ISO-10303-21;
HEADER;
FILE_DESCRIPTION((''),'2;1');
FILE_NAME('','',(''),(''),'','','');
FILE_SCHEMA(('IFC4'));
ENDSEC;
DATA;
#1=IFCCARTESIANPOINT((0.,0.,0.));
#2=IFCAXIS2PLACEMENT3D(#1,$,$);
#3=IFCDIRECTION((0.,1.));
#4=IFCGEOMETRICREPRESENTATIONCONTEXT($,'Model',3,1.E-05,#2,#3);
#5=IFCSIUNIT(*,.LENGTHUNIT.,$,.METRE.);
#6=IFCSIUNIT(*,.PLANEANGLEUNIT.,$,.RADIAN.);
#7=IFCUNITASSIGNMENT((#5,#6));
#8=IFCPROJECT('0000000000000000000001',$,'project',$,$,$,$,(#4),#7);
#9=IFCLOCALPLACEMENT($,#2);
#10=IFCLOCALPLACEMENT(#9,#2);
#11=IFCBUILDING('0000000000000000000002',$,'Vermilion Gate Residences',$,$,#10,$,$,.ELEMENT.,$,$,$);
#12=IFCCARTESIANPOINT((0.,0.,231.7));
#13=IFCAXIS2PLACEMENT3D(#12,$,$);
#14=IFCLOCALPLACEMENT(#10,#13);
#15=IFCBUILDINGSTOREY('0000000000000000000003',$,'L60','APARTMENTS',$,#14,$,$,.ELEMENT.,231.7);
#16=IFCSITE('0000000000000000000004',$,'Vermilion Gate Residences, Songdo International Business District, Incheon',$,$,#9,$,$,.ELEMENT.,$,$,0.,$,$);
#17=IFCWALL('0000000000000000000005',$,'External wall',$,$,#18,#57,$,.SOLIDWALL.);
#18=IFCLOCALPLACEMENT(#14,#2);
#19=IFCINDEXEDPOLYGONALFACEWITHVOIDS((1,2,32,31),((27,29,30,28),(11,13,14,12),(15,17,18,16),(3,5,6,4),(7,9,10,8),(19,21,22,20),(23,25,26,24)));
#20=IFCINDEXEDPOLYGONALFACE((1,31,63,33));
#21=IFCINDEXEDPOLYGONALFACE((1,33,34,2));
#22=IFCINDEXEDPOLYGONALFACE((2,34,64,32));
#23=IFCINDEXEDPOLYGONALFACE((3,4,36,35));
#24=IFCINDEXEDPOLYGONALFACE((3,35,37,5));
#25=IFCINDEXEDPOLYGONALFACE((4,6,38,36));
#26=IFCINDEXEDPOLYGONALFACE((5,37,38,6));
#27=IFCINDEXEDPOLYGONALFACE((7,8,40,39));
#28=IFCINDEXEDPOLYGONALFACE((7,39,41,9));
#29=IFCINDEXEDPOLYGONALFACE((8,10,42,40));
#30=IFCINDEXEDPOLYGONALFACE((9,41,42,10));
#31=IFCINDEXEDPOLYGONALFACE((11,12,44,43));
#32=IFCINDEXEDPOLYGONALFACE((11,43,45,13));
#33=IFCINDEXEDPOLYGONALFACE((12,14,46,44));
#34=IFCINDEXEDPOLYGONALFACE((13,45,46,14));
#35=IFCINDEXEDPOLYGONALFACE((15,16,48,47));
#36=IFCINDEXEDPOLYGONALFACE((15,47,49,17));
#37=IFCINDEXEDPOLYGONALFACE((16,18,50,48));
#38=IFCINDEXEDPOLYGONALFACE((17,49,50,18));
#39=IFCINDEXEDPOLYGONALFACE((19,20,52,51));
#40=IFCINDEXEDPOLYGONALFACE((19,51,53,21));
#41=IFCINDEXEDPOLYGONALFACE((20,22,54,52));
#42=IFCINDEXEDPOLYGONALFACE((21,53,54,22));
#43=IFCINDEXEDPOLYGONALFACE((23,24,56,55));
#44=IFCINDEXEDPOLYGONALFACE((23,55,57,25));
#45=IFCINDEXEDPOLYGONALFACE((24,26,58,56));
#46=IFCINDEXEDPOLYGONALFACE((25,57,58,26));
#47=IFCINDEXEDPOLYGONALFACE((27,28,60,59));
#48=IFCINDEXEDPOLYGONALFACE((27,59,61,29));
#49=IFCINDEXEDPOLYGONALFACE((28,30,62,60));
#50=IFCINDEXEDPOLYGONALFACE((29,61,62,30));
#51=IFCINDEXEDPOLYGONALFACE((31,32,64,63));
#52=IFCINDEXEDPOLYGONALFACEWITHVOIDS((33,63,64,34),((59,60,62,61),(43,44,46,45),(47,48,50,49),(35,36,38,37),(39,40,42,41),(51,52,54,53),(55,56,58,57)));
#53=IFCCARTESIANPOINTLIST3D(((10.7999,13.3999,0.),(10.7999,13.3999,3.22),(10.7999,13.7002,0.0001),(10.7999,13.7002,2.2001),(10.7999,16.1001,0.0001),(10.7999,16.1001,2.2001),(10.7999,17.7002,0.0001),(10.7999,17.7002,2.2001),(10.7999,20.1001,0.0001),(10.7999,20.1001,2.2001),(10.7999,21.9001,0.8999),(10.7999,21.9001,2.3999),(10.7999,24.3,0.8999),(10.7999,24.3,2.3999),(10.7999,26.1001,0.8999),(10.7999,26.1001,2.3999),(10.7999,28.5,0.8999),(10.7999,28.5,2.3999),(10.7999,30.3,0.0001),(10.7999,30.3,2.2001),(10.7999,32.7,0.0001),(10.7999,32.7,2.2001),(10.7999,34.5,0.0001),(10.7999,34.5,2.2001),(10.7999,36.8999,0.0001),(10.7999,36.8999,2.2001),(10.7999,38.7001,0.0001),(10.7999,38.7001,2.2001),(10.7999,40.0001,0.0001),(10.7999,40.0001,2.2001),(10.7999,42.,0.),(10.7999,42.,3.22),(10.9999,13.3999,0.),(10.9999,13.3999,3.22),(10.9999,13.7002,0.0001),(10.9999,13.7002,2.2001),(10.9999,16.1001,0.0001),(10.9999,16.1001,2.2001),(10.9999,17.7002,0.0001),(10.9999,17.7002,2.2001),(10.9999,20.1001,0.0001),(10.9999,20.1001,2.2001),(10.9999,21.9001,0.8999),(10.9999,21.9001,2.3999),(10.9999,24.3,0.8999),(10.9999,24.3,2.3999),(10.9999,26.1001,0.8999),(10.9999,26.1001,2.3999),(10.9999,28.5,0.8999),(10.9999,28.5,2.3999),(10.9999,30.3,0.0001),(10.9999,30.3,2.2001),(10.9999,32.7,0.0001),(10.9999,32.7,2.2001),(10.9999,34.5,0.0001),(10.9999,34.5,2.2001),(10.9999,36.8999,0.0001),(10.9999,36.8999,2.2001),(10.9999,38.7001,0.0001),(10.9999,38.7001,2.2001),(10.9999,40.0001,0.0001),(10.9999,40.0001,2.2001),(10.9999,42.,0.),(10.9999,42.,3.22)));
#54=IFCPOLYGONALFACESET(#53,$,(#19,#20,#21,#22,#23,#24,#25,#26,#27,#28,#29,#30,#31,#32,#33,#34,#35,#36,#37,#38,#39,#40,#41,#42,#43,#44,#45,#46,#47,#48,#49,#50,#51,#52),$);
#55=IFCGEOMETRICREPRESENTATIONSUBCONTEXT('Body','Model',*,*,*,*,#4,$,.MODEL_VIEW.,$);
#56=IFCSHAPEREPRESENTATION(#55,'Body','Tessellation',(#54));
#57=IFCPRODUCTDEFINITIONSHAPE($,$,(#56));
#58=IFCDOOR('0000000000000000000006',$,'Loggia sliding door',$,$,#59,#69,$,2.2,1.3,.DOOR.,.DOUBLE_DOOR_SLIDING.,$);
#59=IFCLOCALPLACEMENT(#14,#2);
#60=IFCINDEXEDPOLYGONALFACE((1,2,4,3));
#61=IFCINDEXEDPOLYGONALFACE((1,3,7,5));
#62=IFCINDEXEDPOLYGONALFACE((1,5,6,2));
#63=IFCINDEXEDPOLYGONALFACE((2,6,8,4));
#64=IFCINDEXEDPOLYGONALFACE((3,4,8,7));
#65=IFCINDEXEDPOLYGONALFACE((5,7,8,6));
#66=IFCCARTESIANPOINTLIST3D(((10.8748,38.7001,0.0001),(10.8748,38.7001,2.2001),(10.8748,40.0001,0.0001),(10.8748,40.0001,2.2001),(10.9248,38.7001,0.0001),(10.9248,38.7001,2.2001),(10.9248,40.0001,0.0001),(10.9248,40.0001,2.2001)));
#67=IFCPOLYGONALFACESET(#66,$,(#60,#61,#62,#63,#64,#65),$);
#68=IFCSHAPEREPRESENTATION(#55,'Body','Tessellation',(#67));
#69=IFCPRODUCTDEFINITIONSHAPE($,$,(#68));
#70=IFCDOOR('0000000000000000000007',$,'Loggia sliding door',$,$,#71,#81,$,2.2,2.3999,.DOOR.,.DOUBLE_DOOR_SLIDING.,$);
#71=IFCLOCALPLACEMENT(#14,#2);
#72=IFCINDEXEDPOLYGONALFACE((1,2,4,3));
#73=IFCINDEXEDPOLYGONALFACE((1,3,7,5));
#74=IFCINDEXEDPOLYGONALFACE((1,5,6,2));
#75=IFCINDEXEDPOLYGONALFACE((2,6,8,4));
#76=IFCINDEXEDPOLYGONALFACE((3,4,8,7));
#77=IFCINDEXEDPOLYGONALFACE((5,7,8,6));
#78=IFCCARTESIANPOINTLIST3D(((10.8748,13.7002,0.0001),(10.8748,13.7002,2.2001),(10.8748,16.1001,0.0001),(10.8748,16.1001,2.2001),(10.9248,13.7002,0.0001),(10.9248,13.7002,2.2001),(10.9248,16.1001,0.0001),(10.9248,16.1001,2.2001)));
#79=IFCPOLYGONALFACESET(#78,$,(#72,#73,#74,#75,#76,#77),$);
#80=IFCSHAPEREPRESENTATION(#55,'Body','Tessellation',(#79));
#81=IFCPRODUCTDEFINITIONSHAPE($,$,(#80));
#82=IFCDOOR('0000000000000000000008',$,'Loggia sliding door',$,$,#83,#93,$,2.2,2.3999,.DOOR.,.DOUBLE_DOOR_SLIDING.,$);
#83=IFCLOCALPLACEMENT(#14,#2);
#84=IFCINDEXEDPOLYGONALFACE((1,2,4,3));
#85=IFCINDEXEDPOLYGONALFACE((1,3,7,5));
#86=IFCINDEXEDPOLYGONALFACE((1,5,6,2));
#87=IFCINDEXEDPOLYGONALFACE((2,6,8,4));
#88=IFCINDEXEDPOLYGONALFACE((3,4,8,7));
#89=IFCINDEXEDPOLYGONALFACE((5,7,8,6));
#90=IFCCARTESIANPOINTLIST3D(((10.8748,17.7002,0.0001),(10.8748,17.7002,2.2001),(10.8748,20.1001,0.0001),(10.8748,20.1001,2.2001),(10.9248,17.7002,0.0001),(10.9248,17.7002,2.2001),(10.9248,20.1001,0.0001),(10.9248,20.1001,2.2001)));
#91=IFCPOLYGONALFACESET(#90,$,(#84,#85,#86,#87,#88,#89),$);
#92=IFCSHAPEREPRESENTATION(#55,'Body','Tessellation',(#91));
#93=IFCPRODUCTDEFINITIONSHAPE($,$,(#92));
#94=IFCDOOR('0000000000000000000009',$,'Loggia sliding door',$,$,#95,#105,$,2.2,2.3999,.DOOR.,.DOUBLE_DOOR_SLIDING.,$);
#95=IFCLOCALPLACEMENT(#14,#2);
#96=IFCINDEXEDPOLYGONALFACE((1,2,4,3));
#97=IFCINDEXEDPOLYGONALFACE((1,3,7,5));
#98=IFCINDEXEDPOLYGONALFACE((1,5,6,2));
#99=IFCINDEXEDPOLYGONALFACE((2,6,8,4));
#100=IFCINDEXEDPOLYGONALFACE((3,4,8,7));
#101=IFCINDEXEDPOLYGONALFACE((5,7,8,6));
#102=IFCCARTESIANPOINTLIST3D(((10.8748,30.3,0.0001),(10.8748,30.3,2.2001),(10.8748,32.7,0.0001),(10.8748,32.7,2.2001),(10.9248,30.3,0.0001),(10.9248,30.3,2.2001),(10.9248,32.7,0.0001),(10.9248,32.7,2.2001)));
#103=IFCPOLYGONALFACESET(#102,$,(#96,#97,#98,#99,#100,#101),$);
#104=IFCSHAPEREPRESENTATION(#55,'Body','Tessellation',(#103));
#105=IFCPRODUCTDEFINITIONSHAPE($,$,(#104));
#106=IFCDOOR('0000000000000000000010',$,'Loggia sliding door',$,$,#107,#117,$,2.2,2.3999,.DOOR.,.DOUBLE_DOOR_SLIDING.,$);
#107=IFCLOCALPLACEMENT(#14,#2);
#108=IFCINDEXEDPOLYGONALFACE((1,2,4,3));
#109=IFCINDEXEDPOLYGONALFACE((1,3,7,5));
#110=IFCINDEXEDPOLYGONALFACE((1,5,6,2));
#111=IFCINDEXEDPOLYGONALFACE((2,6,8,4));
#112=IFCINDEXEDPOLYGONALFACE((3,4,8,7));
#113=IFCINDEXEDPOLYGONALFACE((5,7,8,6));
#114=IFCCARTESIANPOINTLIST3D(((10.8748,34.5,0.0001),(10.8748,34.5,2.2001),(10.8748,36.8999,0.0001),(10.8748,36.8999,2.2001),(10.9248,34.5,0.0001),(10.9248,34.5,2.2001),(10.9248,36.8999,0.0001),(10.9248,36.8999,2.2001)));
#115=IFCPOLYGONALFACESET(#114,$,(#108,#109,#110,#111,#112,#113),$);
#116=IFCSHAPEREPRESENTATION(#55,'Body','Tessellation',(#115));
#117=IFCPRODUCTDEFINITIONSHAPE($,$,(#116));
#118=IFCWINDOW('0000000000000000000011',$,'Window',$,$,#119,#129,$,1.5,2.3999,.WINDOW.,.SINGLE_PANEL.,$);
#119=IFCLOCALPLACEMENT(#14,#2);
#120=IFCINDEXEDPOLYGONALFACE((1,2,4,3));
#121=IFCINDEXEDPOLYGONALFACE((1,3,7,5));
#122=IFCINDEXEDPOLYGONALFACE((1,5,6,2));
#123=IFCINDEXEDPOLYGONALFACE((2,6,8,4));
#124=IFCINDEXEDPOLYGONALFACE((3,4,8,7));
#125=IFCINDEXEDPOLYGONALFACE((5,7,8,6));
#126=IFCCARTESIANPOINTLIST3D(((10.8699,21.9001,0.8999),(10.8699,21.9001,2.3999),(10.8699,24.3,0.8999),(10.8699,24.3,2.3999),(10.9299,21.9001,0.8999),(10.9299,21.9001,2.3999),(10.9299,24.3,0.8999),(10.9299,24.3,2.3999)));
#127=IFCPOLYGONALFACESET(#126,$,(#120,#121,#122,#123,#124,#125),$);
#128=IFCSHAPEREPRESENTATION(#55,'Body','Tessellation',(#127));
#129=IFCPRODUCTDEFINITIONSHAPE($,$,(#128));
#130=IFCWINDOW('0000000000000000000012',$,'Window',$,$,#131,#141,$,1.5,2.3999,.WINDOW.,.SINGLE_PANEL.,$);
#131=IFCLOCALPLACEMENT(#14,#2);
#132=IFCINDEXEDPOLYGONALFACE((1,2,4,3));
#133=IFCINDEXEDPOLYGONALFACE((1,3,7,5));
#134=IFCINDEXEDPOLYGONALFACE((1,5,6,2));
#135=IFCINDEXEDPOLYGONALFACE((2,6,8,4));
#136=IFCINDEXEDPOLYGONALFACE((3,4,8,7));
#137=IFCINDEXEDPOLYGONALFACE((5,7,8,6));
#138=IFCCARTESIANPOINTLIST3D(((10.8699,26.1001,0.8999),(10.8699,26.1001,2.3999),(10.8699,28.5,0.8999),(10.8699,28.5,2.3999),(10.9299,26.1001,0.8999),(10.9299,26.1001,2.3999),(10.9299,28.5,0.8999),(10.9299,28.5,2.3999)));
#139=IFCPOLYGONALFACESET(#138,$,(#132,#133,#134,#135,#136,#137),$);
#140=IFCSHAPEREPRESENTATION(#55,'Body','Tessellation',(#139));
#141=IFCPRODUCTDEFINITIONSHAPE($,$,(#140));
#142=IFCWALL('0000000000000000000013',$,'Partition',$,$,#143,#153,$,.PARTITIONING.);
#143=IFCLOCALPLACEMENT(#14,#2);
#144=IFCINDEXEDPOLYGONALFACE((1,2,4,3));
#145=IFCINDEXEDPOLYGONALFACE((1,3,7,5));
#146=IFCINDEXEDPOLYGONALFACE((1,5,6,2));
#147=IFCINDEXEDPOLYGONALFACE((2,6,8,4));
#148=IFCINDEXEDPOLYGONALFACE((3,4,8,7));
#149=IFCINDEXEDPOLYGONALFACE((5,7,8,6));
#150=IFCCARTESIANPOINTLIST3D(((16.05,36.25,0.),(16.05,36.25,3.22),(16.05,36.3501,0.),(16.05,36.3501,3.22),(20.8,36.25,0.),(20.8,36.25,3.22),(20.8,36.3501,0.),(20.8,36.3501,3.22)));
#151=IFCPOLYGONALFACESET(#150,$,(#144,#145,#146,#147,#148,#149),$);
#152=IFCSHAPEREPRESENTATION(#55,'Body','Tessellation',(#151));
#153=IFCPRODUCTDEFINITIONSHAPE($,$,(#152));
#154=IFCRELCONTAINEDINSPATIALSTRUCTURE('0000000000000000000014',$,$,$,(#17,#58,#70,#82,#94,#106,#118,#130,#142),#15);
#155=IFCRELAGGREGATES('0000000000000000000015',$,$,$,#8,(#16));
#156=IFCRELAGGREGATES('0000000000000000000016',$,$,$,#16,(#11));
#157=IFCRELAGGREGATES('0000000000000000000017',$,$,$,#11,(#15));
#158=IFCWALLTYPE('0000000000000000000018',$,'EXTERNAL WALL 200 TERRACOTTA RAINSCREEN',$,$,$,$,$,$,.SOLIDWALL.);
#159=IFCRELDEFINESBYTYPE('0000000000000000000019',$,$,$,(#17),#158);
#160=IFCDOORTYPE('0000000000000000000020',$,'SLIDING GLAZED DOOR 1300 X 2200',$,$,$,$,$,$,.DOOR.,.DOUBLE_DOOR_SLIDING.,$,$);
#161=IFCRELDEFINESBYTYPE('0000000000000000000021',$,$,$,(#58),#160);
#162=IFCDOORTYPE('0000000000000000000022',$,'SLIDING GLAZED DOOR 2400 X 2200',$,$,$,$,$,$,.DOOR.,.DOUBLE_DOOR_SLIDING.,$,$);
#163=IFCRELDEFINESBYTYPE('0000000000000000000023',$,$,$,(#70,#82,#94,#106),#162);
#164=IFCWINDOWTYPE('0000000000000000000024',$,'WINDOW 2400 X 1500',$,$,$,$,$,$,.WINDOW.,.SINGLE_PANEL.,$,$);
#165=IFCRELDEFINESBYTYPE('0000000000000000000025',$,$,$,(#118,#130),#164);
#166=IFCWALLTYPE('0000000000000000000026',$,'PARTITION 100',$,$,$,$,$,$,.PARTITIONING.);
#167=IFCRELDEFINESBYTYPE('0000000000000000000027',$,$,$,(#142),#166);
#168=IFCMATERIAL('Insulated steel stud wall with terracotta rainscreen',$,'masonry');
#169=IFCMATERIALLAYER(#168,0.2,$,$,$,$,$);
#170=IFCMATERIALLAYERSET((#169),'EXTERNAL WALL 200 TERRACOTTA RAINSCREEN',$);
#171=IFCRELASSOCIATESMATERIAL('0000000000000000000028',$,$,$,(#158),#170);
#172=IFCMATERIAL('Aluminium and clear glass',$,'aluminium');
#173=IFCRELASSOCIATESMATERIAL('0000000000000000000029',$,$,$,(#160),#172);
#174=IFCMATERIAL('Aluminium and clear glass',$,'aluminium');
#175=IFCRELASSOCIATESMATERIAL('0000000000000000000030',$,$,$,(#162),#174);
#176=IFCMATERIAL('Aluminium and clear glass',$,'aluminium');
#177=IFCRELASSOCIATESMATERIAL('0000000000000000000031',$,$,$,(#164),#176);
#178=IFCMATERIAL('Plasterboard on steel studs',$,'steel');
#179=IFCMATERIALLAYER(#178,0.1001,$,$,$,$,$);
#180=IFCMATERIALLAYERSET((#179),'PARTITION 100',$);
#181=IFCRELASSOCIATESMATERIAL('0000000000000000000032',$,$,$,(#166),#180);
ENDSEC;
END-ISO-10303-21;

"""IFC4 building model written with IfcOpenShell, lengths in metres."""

from ifc_helpers import new_model, si_unit, direction, frame, frame_2d, origin, place, context, subcontext, project, spatial, rectangle, extrude, material, layer, layer_set, type_object, element, fill, save


model = new_model("IFC4")

# Units and contexts
model_context = context("Model", 3, precision=1e-05, world=origin(), true_north=direction((0.0, 1.0)))
body_context = subcontext(model_context, "Body", "Model", "MODEL_VIEW")
ifc_project = project(units=[si_unit("LENGTHUNIT", "METRE"), si_unit("PLANEANGLEUNIT", "RADIAN")], contexts=[model_context])

# Site, building, storey
site_placement = place(None, origin())
site = spatial("IfcSite", under=ifc_project, at=site_placement, Name="Vermilion Gate Residences, Songdo International Business District, Incheon", CompositionType="ELEMENT", RefElevation=0.0)
building_placement = place(site_placement, origin())
building = spatial("IfcBuilding", under=site, at=building_placement, Name="Vermilion Gate Residences", CompositionType="ELEMENT")
storey_placement = place(building_placement, frame((0.0, 0.0, 231.7)))
storey = spatial("IfcBuildingStorey", under=building, at=storey_placement, Name="L60", Description="APARTMENTS", CompositionType="ELEMENT", Elevation=231.7)

# Wall, openings, doors, windows
ifc_material_1 = material(Name="Insulated steel stud wall with terracotta rainscreen", Category="masonry")
ifc_layer_1 = layer(ifc_material_1, 0.2)
ifc_layer_set_1 = layer_set([ifc_layer_1], Name="EXTERNAL WALL 200 TERRACOTTA RAINSCREEN")
wall_type_1 = type_object("IfcWallType", Name="EXTERNAL WALL 200 TERRACOTTA RAINSCREEN", PredefinedType="SOLIDWALL", material=ifc_layer_set_1)
wall_1_placement = place(storey_placement, frame((10.8999, 42.0, 0.0), z_axis=(0.0, 0.0, 1.0), x_axis=(0.0, -1.0, 0.0)))
wall_1 = element("IfcWall", 1, at=wall_1_placement, inside=storey, type_object=wall_type_1, Name="External wall", PredefinedType="SOLIDWALL", context=body_context, shape_type="SweptSolid", body=[
    extrude(rectangle(XDim=28.6001, YDim=0.2, at=frame_2d((14.3, 0.0))), origin(), (0.0, 0.0, 1.0), 3.22),
])
opening_1_placement = place(wall_1_placement, frame((25.8999, 0.0, 0.0)))
opening_1 = element("IfcOpeningElement", 2, at=opening_1_placement, cuts=wall_1, PredefinedType="OPENING", context=body_context, shape_type="SweptSolid", body=[
    extrude(rectangle(XDim=2.3999, YDim=2.2, at=frame_2d((1.2, 1.1001))), frame((0.0, 0.1099, 0.0), z_axis=(0.0, -1.0, 0.0), x_axis=(1.0, 0.0, 0.0)), (0.0, 0.0, 1.0), 0.22),
])
opening_2_placement = place(wall_1_placement, frame((21.8999, 0.0, 0.0)))
opening_2 = element("IfcOpeningElement", 3, at=opening_2_placement, cuts=wall_1, PredefinedType="OPENING", context=body_context, shape_type="SweptSolid", body=[
    extrude(rectangle(XDim=2.3999, YDim=2.2, at=frame_2d((1.2, 1.1001))), frame((0.0, 0.1099, 0.0), z_axis=(0.0, -1.0, 0.0), x_axis=(1.0, 0.0, 0.0)), (0.0, 0.0, 1.0), 0.22),
])
opening_3_placement = place(wall_1_placement, frame((17.7, 0.0, 0.8999)))
opening_3 = element("IfcOpeningElement", 4, at=opening_3_placement, cuts=wall_1, PredefinedType="OPENING", context=body_context, shape_type="SweptSolid", body=[
    extrude(rectangle(XDim=2.3999, YDim=1.5, at=frame_2d((1.2, 0.75))), frame((0.0, 0.1099, 0.0), z_axis=(0.0, -1.0, 0.0), x_axis=(1.0, 0.0, 0.0)), (0.0, 0.0, 1.0), 0.22),
])
opening_4_placement = place(wall_1_placement, frame((13.5, 0.0, 0.8999)))
opening_4 = element("IfcOpeningElement", 5, at=opening_4_placement, cuts=wall_1, PredefinedType="OPENING", context=body_context, shape_type="SweptSolid", body=[
    extrude(rectangle(XDim=2.3999, YDim=1.5, at=frame_2d((1.2, 0.75))), frame((0.0, 0.1099, 0.0), z_axis=(0.0, -1.0, 0.0), x_axis=(1.0, 0.0, 0.0)), (0.0, 0.0, 1.0), 0.22),
])
opening_5_placement = place(wall_1_placement, frame((9.3, 0.0, 0.0)))
opening_5 = element("IfcOpeningElement", 6, at=opening_5_placement, cuts=wall_1, PredefinedType="OPENING", context=body_context, shape_type="SweptSolid", body=[
    extrude(rectangle(XDim=2.3999, YDim=2.2, at=frame_2d((1.2, 1.1001))), frame((0.0, 0.1099, 0.0), z_axis=(0.0, -1.0, 0.0), x_axis=(1.0, 0.0, 0.0)), (0.0, 0.0, 1.0), 0.22),
])
opening_6_placement = place(wall_1_placement, frame((5.1001, 0.0, 0.0)))
opening_6 = element("IfcOpeningElement", 7, at=opening_6_placement, cuts=wall_1, PredefinedType="OPENING", context=body_context, shape_type="SweptSolid", body=[
    extrude(rectangle(XDim=2.3999, YDim=2.2, at=frame_2d((1.2, 1.1001))), frame((0.0, 0.1099, 0.0), z_axis=(0.0, -1.0, 0.0), x_axis=(1.0, 0.0, 0.0)), (0.0, 0.0, 1.0), 0.22),
])
opening_7_placement = place(wall_1_placement, frame((2.0, 0.0, 0.0)))
opening_7 = element("IfcOpeningElement", 8, at=opening_7_placement, cuts=wall_1, PredefinedType="OPENING", context=body_context, shape_type="SweptSolid", body=[
    extrude(rectangle(XDim=1.3, YDim=2.2, at=frame_2d((0.6499, 1.1001))), frame((0.0, 0.1099, 0.0), z_axis=(0.0, -1.0, 0.0), x_axis=(1.0, 0.0, 0.0)), (0.0, 0.0, 1.0), 0.22),
])
ifc_material_2 = material(Name="Aluminium and clear glass", Category="aluminium")
door_type_1 = type_object("IfcDoorType", Name="SLIDING GLAZED DOOR 1300 X 2200", OperationType="DOUBLE_DOOR_SLIDING", PredefinedType="DOOR", material=ifc_material_2)
door_1_placement = place(opening_7_placement, origin())
door_1 = element("IfcDoor", 9, at=door_1_placement, inside=storey, type_object=door_type_1, Name="Loggia sliding door", OperationType="DOUBLE_DOOR_SLIDING", OverallHeight=2.2, OverallWidth=1.3, PredefinedType="DOOR", context=body_context, shape_type="SweptSolid", body=[
    extrude(rectangle(XDim=1.3, YDim=2.2, at=frame_2d((0.6499, 1.1001))), frame((0.0, 0.0249, 0.0), z_axis=(0.0, -1.0, 0.0), x_axis=(1.0, 0.0, 0.0)), (0.0, 0.0, 1.0), 0.05),
])
fill(opening_7, door_1)
ifc_material_3 = material(Name="Aluminium and clear glass", Category="aluminium")
door_type_2 = type_object("IfcDoorType", Name="SLIDING GLAZED DOOR 2400 X 2200", OperationType="DOUBLE_DOOR_SLIDING", PredefinedType="DOOR", material=ifc_material_3)
door_2_placement = place(opening_1_placement, origin())
door_2 = element("IfcDoor", 10, at=door_2_placement, inside=storey, type_object=door_type_2, Name="Loggia sliding door", OperationType="DOUBLE_DOOR_SLIDING", OverallHeight=2.2, OverallWidth=2.3999, PredefinedType="DOOR", context=body_context, shape_type="SweptSolid", body=[
    extrude(rectangle(XDim=2.3999, YDim=2.2, at=frame_2d((1.2, 1.1001))), frame((0.0, 0.0249, 0.0), z_axis=(0.0, -1.0, 0.0), x_axis=(1.0, 0.0, 0.0)), (0.0, 0.0, 1.0), 0.05),
])
fill(opening_1, door_2)
door_3_placement = place(opening_2_placement, origin())
door_3 = element("IfcDoor", 11, at=door_3_placement, inside=storey, type_object=door_type_2, Name="Loggia sliding door", OperationType="DOUBLE_DOOR_SLIDING", OverallHeight=2.2, OverallWidth=2.3999, PredefinedType="DOOR", context=body_context, shape_type="SweptSolid", body=[
    extrude(rectangle(XDim=2.3999, YDim=2.2, at=frame_2d((1.2, 1.1001))), frame((0.0, 0.0249, 0.0), z_axis=(0.0, -1.0, 0.0), x_axis=(1.0, 0.0, 0.0)), (0.0, 0.0, 1.0), 0.05),
])
fill(opening_2, door_3)
door_4_placement = place(opening_5_placement, origin())
door_4 = element("IfcDoor", 12, at=door_4_placement, inside=storey, type_object=door_type_2, Name="Loggia sliding door", OperationType="DOUBLE_DOOR_SLIDING", OverallHeight=2.2, OverallWidth=2.3999, PredefinedType="DOOR", context=body_context, shape_type="SweptSolid", body=[
    extrude(rectangle(XDim=2.3999, YDim=2.2, at=frame_2d((1.2, 1.1001))), frame((0.0, 0.0249, 0.0), z_axis=(0.0, -1.0, 0.0), x_axis=(1.0, 0.0, 0.0)), (0.0, 0.0, 1.0), 0.05),
])
fill(opening_5, door_4)
door_5_placement = place(opening_6_placement, origin())
door_5 = element("IfcDoor", 13, at=door_5_placement, inside=storey, type_object=door_type_2, Name="Loggia sliding door", OperationType="DOUBLE_DOOR_SLIDING", OverallHeight=2.2, OverallWidth=2.3999, PredefinedType="DOOR", context=body_context, shape_type="SweptSolid", body=[
    extrude(rectangle(XDim=2.3999, YDim=2.2, at=frame_2d((1.2, 1.1001))), frame((0.0, 0.0249, 0.0), z_axis=(0.0, -1.0, 0.0), x_axis=(1.0, 0.0, 0.0)), (0.0, 0.0, 1.0), 0.05),
])
fill(opening_6, door_5)
ifc_material_4 = material(Name="Aluminium and clear glass", Category="aluminium")
window_type = type_object("IfcWindowType", Name="WINDOW 2400 X 1500", PartitioningType="SINGLE_PANEL", PredefinedType="WINDOW", material=ifc_material_4)
window_1_placement = place(opening_3_placement, origin())
window_1 = element("IfcWindow", 14, at=window_1_placement, inside=storey, type_object=window_type, Name="Window", OverallHeight=1.5, OverallWidth=2.3999, PartitioningType="SINGLE_PANEL", PredefinedType="WINDOW", context=body_context, shape_type="SweptSolid", body=[
    extrude(rectangle(XDim=2.3999, YDim=1.5, at=frame_2d((1.2, 0.75))), frame((0.0, 0.03, 0.0), z_axis=(0.0, -1.0, 0.0), x_axis=(1.0, 0.0, 0.0)), (0.0, 0.0, 1.0), 0.0601),
])
fill(opening_3, window_1)
window_2_placement = place(opening_4_placement, origin())
window_2 = element("IfcWindow", 15, at=window_2_placement, inside=storey, type_object=window_type, Name="Window", OverallHeight=1.5, OverallWidth=2.3999, PartitioningType="SINGLE_PANEL", PredefinedType="WINDOW", context=body_context, shape_type="SweptSolid", body=[
    extrude(rectangle(XDim=2.3999, YDim=1.5, at=frame_2d((1.2, 0.75))), frame((0.0, 0.03, 0.0), z_axis=(0.0, -1.0, 0.0), x_axis=(1.0, 0.0, 0.0)), (0.0, 0.0, 1.0), 0.0601),
])
fill(opening_4, window_2)

# Wall
ifc_material_5 = material(Name="Plasterboard on steel studs", Category="steel")
ifc_layer_2 = layer(ifc_material_5, 0.1001)
ifc_layer_set_2 = layer_set([ifc_layer_2], Name="PARTITION 100")
wall_type_2 = type_object("IfcWallType", Name="PARTITION 100", PredefinedType="PARTITIONING", material=ifc_layer_set_2)
wall_2_placement = place(storey_placement, frame((16.05, 36.3, 0.0), z_axis=(0.0, 0.0, 1.0), x_axis=(1.0, 0.0, 0.0)))
element("IfcWall", 16, at=wall_2_placement, inside=storey, type_object=wall_type_2, Name="Partition", PredefinedType="PARTITIONING", context=body_context, shape_type="SweptSolid", body=[
    extrude(rectangle(XDim=4.75, YDim=0.1001, at=frame_2d((2.375, 0.0))), origin(), (0.0, 0.0, 1.0), 3.22),
])

save(model, "model.ifc")
